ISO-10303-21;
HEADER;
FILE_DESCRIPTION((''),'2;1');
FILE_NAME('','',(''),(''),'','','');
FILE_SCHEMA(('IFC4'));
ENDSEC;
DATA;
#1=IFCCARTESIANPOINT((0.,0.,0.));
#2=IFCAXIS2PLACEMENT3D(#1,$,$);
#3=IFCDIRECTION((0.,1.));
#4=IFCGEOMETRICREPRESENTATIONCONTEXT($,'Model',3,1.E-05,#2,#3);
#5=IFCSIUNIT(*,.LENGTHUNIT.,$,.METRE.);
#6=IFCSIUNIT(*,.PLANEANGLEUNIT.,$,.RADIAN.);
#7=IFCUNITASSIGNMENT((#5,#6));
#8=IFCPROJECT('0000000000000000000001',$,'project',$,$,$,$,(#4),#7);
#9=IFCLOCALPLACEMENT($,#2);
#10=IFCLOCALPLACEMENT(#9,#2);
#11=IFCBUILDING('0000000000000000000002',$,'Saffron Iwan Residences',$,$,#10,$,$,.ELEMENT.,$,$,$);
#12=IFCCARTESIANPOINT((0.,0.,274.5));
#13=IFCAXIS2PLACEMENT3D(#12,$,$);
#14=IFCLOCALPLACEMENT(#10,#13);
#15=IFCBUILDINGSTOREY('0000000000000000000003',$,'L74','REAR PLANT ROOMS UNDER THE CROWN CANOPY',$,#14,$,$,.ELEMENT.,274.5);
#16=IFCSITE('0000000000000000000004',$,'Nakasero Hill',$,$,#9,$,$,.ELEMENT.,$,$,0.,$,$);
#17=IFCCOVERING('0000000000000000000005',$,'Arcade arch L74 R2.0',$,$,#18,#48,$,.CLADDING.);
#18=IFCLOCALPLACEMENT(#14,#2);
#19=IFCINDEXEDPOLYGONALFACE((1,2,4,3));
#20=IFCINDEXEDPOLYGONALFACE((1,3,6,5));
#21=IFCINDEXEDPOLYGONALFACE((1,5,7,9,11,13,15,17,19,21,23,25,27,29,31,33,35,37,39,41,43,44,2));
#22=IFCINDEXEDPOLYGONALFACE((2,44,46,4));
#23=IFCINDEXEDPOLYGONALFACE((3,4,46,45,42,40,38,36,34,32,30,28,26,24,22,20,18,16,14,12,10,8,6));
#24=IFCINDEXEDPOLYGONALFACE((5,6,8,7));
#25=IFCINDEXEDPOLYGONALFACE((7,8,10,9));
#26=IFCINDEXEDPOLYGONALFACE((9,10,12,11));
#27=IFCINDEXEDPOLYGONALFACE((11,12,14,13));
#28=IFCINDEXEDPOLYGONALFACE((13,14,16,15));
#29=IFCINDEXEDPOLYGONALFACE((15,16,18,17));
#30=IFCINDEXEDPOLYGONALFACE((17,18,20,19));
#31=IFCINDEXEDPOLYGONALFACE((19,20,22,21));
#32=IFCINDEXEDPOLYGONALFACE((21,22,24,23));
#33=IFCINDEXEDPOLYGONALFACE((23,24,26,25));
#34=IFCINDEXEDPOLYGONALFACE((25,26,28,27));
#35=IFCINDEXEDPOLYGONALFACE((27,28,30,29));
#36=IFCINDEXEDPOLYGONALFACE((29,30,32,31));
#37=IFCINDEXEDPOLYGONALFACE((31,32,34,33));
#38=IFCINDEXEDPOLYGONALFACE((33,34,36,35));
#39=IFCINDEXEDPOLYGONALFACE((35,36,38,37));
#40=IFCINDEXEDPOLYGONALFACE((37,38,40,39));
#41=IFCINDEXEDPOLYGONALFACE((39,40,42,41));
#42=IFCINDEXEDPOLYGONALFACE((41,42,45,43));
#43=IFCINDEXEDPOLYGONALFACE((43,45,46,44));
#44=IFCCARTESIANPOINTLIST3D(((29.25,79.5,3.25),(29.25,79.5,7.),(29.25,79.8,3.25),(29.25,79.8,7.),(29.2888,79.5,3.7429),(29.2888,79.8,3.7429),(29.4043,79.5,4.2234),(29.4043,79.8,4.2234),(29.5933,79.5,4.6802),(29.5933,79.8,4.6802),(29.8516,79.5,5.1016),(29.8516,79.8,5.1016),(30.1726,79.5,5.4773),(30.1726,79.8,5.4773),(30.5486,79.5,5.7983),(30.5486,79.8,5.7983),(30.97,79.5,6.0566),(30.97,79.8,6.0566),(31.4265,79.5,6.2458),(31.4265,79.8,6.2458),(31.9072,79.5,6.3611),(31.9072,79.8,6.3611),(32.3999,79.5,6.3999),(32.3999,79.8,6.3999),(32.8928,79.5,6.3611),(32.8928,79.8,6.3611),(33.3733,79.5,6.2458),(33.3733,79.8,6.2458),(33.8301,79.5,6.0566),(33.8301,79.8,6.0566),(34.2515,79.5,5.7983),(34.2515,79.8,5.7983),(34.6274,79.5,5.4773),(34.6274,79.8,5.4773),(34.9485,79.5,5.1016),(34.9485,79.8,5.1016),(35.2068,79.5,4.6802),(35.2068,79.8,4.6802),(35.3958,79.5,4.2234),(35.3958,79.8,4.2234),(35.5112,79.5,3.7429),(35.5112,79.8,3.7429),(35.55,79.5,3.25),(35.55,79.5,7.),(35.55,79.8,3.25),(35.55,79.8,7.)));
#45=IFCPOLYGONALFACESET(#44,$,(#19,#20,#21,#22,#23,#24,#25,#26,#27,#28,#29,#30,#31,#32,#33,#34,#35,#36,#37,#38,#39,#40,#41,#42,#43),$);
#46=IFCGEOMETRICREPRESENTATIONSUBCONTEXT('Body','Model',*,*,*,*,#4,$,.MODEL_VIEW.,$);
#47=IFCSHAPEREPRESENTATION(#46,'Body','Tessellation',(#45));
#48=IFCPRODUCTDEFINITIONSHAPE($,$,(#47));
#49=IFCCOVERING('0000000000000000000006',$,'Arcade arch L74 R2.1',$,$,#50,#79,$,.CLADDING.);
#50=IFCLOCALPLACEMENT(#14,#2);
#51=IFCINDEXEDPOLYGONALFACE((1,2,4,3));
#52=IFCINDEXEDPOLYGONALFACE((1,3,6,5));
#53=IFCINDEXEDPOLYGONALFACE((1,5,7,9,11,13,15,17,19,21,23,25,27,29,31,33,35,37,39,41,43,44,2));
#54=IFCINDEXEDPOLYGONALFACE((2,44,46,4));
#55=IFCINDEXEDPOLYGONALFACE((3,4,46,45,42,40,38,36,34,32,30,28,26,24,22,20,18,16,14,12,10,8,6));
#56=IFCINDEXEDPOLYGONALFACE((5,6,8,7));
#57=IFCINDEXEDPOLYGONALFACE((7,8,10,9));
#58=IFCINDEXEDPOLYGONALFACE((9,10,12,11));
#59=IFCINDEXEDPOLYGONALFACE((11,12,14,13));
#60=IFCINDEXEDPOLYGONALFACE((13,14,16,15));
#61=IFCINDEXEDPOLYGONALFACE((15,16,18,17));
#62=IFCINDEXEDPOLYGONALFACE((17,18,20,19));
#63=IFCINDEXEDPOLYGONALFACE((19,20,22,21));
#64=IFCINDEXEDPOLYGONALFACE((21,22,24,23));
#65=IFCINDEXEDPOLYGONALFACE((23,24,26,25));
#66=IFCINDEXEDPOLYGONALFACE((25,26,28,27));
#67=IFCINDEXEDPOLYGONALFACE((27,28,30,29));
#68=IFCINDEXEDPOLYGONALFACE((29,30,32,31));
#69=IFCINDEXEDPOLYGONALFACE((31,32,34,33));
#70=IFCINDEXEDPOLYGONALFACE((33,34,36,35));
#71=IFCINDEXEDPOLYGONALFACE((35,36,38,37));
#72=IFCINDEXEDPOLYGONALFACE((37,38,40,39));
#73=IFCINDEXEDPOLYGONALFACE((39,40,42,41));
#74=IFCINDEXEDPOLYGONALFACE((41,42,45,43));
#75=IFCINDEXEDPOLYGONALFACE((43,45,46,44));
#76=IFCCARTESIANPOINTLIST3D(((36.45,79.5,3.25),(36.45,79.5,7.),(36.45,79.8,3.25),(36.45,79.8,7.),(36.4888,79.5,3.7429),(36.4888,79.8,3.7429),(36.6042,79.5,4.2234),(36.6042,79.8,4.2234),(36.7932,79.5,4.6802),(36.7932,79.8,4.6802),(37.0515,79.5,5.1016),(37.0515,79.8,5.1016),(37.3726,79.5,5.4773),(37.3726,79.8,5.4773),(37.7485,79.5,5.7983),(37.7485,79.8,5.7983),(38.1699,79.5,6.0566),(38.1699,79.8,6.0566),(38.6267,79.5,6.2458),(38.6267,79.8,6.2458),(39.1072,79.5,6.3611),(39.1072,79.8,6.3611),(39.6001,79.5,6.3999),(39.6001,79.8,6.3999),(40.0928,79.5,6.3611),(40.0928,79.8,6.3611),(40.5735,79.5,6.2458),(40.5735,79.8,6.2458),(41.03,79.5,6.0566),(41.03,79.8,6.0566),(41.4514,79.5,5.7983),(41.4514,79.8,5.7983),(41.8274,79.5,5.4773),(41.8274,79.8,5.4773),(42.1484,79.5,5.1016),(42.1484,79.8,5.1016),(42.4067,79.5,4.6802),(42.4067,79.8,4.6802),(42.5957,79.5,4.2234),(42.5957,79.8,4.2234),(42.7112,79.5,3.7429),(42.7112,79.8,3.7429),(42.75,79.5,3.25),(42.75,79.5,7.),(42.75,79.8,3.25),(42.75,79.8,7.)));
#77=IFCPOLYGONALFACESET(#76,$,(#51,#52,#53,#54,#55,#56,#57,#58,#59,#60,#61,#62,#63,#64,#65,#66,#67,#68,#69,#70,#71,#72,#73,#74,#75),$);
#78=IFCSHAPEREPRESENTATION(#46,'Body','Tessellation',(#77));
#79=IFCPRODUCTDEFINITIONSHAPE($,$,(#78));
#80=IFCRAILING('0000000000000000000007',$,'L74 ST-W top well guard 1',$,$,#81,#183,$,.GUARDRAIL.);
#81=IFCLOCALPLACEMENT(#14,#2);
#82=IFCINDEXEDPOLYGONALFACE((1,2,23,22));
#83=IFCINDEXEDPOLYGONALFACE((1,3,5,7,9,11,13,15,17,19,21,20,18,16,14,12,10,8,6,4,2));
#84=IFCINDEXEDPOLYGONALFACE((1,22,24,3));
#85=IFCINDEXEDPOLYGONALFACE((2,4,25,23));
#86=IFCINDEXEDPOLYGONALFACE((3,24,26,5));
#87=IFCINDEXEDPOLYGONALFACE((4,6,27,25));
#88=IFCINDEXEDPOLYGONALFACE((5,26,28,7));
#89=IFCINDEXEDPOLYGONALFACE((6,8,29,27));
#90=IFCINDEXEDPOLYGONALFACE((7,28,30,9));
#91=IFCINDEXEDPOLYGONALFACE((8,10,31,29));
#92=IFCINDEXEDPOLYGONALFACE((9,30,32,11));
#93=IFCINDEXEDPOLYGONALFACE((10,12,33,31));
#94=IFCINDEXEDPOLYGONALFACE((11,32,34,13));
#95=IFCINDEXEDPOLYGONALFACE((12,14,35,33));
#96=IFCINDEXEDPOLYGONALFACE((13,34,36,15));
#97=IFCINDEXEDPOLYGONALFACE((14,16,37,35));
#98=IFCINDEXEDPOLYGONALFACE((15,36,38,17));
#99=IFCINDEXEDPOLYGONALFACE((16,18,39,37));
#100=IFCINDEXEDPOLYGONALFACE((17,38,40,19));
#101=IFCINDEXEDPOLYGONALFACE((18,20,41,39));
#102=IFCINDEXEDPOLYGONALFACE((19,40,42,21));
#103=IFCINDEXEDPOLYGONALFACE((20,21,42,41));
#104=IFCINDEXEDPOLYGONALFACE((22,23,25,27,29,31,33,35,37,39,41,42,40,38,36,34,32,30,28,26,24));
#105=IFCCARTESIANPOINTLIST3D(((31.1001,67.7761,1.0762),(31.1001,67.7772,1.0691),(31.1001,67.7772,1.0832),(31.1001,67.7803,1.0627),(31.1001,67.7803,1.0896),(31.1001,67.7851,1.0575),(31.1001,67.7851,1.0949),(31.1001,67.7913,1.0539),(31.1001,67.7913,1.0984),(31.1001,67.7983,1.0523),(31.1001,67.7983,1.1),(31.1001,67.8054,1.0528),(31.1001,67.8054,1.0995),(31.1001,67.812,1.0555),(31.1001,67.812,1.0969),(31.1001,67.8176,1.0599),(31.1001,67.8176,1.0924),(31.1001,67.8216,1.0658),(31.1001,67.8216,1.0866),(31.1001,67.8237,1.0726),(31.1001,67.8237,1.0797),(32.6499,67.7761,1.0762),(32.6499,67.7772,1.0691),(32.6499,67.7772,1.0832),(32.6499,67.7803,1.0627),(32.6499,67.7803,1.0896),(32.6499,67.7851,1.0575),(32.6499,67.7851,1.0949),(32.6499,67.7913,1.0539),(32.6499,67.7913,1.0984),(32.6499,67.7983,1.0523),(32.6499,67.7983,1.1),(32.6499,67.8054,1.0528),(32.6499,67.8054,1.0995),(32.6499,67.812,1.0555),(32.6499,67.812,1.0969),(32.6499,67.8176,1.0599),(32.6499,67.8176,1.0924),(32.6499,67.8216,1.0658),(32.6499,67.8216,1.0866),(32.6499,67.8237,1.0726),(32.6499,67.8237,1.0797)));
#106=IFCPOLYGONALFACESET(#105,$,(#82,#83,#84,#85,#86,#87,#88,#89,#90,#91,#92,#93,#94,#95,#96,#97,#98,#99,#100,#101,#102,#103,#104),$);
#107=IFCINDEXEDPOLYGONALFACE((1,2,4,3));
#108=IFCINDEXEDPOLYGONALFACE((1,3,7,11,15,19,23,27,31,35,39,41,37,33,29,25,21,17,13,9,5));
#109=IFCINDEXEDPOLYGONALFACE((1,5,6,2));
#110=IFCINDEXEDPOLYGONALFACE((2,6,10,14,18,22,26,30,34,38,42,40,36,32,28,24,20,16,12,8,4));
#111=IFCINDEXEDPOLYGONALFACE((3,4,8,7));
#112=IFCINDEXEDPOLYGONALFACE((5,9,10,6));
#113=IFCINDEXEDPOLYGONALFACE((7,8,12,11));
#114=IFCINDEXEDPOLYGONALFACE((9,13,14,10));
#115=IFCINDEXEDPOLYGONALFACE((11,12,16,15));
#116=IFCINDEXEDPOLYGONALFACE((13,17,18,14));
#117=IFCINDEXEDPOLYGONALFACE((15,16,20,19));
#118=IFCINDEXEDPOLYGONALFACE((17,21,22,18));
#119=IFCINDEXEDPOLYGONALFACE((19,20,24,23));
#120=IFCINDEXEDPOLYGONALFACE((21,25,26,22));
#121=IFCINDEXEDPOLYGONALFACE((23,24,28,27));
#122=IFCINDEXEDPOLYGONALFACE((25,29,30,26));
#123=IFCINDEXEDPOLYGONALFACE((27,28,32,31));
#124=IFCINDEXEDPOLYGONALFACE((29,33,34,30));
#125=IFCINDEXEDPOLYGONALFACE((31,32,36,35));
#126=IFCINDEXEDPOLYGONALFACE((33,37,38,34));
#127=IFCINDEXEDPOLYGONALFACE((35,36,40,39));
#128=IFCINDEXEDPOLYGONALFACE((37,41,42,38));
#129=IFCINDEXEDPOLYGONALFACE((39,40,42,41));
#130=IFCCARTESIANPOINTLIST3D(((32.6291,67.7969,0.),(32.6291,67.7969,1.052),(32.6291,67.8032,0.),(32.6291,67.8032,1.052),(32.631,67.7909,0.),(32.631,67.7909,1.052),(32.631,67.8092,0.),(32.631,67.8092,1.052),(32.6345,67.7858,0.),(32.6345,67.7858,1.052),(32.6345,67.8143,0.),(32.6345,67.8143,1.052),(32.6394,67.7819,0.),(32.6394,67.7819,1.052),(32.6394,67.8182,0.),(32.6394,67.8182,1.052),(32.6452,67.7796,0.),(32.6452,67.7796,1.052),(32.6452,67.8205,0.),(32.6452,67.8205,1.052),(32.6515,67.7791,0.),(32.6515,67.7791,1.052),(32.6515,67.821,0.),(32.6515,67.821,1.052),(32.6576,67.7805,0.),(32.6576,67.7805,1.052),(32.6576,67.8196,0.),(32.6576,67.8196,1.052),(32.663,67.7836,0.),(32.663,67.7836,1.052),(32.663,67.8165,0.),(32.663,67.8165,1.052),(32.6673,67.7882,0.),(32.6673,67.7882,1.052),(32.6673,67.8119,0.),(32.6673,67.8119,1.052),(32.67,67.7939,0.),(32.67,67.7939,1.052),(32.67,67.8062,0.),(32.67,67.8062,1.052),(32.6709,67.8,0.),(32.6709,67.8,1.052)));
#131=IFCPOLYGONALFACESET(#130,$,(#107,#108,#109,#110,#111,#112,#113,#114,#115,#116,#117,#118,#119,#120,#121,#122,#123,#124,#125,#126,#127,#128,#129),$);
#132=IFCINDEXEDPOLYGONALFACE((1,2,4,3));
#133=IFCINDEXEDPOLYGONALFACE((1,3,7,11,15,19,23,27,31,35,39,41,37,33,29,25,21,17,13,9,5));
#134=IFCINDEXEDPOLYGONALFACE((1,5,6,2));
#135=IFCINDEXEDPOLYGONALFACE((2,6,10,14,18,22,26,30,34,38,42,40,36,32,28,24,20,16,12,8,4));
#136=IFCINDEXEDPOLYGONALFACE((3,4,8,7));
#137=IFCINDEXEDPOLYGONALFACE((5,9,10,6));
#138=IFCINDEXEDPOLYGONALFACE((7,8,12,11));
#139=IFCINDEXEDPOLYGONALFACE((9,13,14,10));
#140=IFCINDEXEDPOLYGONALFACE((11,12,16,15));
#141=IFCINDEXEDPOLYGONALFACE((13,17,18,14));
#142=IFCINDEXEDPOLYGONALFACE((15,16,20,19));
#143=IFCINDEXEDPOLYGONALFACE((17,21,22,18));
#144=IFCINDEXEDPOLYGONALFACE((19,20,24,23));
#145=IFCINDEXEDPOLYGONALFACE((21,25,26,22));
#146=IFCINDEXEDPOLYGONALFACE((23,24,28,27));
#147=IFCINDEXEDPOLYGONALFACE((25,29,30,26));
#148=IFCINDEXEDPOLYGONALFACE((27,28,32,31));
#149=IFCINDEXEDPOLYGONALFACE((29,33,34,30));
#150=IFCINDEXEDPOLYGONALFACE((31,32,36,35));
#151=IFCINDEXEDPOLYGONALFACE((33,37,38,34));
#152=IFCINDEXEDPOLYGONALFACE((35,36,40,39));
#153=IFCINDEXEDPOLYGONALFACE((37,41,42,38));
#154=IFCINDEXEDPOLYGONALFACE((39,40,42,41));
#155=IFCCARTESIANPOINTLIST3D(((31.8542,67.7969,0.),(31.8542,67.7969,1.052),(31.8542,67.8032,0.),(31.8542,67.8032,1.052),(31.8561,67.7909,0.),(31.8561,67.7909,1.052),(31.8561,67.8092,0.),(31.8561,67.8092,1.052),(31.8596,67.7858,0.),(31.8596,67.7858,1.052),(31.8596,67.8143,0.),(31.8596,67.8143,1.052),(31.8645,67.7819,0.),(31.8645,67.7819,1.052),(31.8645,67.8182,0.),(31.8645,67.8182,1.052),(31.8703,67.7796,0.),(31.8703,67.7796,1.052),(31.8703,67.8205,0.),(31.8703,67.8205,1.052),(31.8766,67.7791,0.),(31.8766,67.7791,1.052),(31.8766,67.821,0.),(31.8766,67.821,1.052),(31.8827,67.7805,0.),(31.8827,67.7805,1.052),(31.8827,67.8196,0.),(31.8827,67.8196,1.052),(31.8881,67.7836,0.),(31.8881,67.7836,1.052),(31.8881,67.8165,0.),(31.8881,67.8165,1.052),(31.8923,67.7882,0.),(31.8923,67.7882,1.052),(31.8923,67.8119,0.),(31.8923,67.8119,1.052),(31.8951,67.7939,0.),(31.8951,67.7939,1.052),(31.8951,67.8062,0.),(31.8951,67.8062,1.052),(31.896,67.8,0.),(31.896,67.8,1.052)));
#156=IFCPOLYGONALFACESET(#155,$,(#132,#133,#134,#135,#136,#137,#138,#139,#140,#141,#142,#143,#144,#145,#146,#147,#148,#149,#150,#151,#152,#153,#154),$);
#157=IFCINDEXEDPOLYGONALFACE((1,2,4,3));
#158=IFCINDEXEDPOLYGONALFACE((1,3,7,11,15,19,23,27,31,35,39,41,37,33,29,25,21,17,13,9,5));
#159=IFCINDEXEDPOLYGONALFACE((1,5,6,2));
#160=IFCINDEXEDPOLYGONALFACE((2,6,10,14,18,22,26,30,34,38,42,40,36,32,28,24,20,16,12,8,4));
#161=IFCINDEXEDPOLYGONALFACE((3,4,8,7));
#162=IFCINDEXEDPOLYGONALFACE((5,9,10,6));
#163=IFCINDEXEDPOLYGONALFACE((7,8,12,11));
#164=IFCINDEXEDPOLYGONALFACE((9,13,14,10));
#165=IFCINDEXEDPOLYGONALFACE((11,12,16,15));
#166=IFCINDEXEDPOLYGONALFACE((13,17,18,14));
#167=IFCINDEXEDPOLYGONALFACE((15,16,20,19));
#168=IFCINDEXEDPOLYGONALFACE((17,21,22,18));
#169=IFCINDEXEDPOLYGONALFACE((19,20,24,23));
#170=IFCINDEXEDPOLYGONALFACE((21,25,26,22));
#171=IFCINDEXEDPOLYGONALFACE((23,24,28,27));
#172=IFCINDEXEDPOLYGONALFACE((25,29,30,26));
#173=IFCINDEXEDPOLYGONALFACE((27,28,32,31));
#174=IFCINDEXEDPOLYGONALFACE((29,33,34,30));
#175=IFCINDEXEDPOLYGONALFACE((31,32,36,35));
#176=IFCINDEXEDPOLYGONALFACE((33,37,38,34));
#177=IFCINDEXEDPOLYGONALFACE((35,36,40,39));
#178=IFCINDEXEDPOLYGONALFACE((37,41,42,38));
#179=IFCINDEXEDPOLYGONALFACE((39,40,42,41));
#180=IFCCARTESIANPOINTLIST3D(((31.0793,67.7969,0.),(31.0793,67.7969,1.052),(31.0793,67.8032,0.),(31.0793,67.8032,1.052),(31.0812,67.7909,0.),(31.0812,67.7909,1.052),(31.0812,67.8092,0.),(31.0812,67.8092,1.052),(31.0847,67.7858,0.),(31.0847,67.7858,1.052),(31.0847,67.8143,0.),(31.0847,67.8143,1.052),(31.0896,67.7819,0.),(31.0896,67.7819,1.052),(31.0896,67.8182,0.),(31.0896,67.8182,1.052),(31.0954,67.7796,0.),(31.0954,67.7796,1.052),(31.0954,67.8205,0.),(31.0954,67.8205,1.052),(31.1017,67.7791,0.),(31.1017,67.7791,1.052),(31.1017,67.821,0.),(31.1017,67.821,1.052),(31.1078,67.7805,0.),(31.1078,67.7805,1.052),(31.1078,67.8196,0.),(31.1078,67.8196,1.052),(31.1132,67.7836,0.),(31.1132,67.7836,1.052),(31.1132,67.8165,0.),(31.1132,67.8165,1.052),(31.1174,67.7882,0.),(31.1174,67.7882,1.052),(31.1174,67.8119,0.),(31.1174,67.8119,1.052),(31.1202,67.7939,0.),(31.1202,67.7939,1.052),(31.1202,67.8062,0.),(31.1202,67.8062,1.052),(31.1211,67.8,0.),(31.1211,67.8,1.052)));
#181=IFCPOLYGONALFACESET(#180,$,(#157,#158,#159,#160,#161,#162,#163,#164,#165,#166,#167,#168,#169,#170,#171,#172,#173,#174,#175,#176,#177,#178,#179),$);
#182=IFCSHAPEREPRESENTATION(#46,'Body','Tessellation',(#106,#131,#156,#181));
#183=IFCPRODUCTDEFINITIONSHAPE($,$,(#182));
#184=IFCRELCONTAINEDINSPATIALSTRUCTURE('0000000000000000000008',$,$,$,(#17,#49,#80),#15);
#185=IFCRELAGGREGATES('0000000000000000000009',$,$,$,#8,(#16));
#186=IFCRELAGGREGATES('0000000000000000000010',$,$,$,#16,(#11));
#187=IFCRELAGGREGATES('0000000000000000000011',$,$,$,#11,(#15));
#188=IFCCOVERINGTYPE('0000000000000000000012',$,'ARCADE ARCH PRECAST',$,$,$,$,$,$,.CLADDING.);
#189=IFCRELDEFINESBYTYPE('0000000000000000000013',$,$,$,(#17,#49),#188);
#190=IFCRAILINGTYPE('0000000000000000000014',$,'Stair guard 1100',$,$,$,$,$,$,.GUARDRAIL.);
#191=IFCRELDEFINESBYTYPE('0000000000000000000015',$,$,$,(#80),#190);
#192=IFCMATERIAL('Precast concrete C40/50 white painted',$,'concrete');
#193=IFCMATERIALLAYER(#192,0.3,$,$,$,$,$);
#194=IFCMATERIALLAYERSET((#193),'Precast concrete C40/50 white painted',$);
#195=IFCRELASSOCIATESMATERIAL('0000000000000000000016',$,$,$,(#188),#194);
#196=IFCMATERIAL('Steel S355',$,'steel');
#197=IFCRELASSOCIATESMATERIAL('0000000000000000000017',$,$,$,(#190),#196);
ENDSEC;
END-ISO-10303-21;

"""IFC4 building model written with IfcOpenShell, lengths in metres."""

from ifc_helpers import new_model, si_unit, direction, frame, origin, origin_2d, place, context, subcontext, project, spatial, polyline, circle, outline, extrude, material, layer, layer_set, type_object, element, save


model = new_model("IFC4")

# Units and contexts
model_context = context("Model", 3, precision=1e-05, world=origin(), true_north=direction((0.0, 1.0)))
body_context = subcontext(model_context, "Body", "Model", "MODEL_VIEW")
ifc_project = project(units=[si_unit("LENGTHUNIT", "METRE"), si_unit("PLANEANGLEUNIT", "RADIAN")], contexts=[model_context])

# Site, building, storey
site_placement = place(None, origin())
site = spatial("IfcSite", under=ifc_project, at=site_placement, Name="Nakasero Hill", CompositionType="ELEMENT", RefElevation=0.0)
building_placement = place(site_placement, origin())
building = spatial("IfcBuilding", under=site, at=building_placement, Name="Saffron Iwan Residences", CompositionType="ELEMENT")
storey_placement = place(building_placement, frame((0.0, 0.0, 274.5)))
storey = spatial("IfcBuildingStorey", under=building, at=storey_placement, Name="L74", Description="REAR PLANT ROOMS UNDER THE CROWN CANOPY", CompositionType="ELEMENT", Elevation=274.5)

# Coverings
ifc_material_1 = material(Name="Precast concrete C40/50 white painted", Category="concrete")
ifc_layer_1 = layer(ifc_material_1, 0.3)
ifc_layer_set_1 = layer_set([ifc_layer_1], Name="Precast concrete C40/50 white painted")
covering_type = type_object("IfcCoveringType", Name="ARCADE ARCH PRECAST", PredefinedType="CLADDING", material=ifc_layer_set_1)
covering_1_placement = place(storey_placement, frame((29.25, 79.8, 3.25), z_axis=(0.0, 1.0, 0.0), x_axis=(0.0, 0.0, 1.0)))
element("IfcCovering", 1, at=covering_1_placement, inside=storey, type_object=covering_type, Name="Arcade arch L74 R2.0", PredefinedType="CLADDING", context=body_context, shape_type="SweptSolid", body=[
    extrude(outline(polyline([(0.0, 0.0), (3.75, 0.0), (3.75, 6.3), (0.0, 6.3), (0.4929, 6.2612), (0.9734, 6.1458), (1.4302, 5.9568), (1.8516, 5.6985), (2.2273, 5.3774), (2.5483, 5.0015), (2.8066, 4.5801), (2.9958, 4.1233), (3.1111, 3.6428), (3.1499, 3.1499), (3.1111, 2.6572), (2.9958, 2.1765), (2.8066, 1.72), (2.5483, 1.2986), (2.2273, 0.9226), (1.8516, 0.6016), (1.4302, 0.3433), (0.9734, 0.1543), (0.4929, 0.0388), (0.0, 0.0)])), origin(), (0.0, 0.0, -1.0), 0.3),
])
covering_2_placement = place(storey_placement, frame((36.45, 79.8, 3.25), z_axis=(0.0, 1.0, 0.0), x_axis=(0.0, 0.0, 1.0)))
element("IfcCovering", 2, at=covering_2_placement, inside=storey, type_object=covering_type, Name="Arcade arch L74 R2.1", PredefinedType="CLADDING", context=body_context, shape_type="SweptSolid", body=[
    extrude(outline(polyline([(0.0, 0.0), (3.75, 0.0), (3.75, 6.3), (0.0, 6.3), (0.4929, 6.2612), (0.9734, 6.1458), (1.4302, 5.9568), (1.8516, 5.6985), (2.2273, 5.3774), (2.5483, 5.0015), (2.8066, 4.5801), (2.9958, 4.1235), (3.1111, 3.6428), (3.1499, 3.1501), (3.1111, 2.6572), (2.9958, 2.1768), (2.8066, 1.72), (2.5483, 1.2986), (2.2273, 0.9226), (1.8516, 0.6016), (1.4302, 0.3433), (0.9734, 0.1543), (0.4929, 0.0388), (0.0, 0.0)])), origin(), (0.0, 0.0, -1.0), 0.3),
])

# Railing
ifc_material_2 = material(Name="Steel S355", Category="steel")
railing_type = type_object("IfcRailingType", Name="Stair guard 1100", PredefinedType="GUARDRAIL", material=ifc_material_2)
railing_placement = place(storey_placement, frame((32.6499, 67.8, 0.0)))
element("IfcRailing", 3, at=railing_placement, inside=storey, type_object=railing_type, Name="L74 ST-W top well guard 1", PredefinedType="GUARDRAIL", context=body_context, shape_type="SweptSolid", body=[
    extrude(circle(Radius=0.0239, at=origin_2d()), frame((0.0, 0.0, 1.0762), z_axis=(-1.0, 0.0, 0.0), x_axis=(0.0, -1.0, 0.0)), (0.0, 0.0, 1.0), 1.5498),
    extrude(circle(Radius=0.021, at=origin_2d()), origin(), (0.0, 0.0, 1.0), 1.052),
    extrude(circle(Radius=0.021, at=origin_2d()), frame((-0.7749, 0.0, 0.0)), (0.0, 0.0, 1.0), 1.052),
    extrude(circle(Radius=0.021, at=origin_2d()), frame((-1.5498, 0.0, 0.0)), (0.0, 0.0, 1.0), 1.052),
])

save(model, "model.ifc")
